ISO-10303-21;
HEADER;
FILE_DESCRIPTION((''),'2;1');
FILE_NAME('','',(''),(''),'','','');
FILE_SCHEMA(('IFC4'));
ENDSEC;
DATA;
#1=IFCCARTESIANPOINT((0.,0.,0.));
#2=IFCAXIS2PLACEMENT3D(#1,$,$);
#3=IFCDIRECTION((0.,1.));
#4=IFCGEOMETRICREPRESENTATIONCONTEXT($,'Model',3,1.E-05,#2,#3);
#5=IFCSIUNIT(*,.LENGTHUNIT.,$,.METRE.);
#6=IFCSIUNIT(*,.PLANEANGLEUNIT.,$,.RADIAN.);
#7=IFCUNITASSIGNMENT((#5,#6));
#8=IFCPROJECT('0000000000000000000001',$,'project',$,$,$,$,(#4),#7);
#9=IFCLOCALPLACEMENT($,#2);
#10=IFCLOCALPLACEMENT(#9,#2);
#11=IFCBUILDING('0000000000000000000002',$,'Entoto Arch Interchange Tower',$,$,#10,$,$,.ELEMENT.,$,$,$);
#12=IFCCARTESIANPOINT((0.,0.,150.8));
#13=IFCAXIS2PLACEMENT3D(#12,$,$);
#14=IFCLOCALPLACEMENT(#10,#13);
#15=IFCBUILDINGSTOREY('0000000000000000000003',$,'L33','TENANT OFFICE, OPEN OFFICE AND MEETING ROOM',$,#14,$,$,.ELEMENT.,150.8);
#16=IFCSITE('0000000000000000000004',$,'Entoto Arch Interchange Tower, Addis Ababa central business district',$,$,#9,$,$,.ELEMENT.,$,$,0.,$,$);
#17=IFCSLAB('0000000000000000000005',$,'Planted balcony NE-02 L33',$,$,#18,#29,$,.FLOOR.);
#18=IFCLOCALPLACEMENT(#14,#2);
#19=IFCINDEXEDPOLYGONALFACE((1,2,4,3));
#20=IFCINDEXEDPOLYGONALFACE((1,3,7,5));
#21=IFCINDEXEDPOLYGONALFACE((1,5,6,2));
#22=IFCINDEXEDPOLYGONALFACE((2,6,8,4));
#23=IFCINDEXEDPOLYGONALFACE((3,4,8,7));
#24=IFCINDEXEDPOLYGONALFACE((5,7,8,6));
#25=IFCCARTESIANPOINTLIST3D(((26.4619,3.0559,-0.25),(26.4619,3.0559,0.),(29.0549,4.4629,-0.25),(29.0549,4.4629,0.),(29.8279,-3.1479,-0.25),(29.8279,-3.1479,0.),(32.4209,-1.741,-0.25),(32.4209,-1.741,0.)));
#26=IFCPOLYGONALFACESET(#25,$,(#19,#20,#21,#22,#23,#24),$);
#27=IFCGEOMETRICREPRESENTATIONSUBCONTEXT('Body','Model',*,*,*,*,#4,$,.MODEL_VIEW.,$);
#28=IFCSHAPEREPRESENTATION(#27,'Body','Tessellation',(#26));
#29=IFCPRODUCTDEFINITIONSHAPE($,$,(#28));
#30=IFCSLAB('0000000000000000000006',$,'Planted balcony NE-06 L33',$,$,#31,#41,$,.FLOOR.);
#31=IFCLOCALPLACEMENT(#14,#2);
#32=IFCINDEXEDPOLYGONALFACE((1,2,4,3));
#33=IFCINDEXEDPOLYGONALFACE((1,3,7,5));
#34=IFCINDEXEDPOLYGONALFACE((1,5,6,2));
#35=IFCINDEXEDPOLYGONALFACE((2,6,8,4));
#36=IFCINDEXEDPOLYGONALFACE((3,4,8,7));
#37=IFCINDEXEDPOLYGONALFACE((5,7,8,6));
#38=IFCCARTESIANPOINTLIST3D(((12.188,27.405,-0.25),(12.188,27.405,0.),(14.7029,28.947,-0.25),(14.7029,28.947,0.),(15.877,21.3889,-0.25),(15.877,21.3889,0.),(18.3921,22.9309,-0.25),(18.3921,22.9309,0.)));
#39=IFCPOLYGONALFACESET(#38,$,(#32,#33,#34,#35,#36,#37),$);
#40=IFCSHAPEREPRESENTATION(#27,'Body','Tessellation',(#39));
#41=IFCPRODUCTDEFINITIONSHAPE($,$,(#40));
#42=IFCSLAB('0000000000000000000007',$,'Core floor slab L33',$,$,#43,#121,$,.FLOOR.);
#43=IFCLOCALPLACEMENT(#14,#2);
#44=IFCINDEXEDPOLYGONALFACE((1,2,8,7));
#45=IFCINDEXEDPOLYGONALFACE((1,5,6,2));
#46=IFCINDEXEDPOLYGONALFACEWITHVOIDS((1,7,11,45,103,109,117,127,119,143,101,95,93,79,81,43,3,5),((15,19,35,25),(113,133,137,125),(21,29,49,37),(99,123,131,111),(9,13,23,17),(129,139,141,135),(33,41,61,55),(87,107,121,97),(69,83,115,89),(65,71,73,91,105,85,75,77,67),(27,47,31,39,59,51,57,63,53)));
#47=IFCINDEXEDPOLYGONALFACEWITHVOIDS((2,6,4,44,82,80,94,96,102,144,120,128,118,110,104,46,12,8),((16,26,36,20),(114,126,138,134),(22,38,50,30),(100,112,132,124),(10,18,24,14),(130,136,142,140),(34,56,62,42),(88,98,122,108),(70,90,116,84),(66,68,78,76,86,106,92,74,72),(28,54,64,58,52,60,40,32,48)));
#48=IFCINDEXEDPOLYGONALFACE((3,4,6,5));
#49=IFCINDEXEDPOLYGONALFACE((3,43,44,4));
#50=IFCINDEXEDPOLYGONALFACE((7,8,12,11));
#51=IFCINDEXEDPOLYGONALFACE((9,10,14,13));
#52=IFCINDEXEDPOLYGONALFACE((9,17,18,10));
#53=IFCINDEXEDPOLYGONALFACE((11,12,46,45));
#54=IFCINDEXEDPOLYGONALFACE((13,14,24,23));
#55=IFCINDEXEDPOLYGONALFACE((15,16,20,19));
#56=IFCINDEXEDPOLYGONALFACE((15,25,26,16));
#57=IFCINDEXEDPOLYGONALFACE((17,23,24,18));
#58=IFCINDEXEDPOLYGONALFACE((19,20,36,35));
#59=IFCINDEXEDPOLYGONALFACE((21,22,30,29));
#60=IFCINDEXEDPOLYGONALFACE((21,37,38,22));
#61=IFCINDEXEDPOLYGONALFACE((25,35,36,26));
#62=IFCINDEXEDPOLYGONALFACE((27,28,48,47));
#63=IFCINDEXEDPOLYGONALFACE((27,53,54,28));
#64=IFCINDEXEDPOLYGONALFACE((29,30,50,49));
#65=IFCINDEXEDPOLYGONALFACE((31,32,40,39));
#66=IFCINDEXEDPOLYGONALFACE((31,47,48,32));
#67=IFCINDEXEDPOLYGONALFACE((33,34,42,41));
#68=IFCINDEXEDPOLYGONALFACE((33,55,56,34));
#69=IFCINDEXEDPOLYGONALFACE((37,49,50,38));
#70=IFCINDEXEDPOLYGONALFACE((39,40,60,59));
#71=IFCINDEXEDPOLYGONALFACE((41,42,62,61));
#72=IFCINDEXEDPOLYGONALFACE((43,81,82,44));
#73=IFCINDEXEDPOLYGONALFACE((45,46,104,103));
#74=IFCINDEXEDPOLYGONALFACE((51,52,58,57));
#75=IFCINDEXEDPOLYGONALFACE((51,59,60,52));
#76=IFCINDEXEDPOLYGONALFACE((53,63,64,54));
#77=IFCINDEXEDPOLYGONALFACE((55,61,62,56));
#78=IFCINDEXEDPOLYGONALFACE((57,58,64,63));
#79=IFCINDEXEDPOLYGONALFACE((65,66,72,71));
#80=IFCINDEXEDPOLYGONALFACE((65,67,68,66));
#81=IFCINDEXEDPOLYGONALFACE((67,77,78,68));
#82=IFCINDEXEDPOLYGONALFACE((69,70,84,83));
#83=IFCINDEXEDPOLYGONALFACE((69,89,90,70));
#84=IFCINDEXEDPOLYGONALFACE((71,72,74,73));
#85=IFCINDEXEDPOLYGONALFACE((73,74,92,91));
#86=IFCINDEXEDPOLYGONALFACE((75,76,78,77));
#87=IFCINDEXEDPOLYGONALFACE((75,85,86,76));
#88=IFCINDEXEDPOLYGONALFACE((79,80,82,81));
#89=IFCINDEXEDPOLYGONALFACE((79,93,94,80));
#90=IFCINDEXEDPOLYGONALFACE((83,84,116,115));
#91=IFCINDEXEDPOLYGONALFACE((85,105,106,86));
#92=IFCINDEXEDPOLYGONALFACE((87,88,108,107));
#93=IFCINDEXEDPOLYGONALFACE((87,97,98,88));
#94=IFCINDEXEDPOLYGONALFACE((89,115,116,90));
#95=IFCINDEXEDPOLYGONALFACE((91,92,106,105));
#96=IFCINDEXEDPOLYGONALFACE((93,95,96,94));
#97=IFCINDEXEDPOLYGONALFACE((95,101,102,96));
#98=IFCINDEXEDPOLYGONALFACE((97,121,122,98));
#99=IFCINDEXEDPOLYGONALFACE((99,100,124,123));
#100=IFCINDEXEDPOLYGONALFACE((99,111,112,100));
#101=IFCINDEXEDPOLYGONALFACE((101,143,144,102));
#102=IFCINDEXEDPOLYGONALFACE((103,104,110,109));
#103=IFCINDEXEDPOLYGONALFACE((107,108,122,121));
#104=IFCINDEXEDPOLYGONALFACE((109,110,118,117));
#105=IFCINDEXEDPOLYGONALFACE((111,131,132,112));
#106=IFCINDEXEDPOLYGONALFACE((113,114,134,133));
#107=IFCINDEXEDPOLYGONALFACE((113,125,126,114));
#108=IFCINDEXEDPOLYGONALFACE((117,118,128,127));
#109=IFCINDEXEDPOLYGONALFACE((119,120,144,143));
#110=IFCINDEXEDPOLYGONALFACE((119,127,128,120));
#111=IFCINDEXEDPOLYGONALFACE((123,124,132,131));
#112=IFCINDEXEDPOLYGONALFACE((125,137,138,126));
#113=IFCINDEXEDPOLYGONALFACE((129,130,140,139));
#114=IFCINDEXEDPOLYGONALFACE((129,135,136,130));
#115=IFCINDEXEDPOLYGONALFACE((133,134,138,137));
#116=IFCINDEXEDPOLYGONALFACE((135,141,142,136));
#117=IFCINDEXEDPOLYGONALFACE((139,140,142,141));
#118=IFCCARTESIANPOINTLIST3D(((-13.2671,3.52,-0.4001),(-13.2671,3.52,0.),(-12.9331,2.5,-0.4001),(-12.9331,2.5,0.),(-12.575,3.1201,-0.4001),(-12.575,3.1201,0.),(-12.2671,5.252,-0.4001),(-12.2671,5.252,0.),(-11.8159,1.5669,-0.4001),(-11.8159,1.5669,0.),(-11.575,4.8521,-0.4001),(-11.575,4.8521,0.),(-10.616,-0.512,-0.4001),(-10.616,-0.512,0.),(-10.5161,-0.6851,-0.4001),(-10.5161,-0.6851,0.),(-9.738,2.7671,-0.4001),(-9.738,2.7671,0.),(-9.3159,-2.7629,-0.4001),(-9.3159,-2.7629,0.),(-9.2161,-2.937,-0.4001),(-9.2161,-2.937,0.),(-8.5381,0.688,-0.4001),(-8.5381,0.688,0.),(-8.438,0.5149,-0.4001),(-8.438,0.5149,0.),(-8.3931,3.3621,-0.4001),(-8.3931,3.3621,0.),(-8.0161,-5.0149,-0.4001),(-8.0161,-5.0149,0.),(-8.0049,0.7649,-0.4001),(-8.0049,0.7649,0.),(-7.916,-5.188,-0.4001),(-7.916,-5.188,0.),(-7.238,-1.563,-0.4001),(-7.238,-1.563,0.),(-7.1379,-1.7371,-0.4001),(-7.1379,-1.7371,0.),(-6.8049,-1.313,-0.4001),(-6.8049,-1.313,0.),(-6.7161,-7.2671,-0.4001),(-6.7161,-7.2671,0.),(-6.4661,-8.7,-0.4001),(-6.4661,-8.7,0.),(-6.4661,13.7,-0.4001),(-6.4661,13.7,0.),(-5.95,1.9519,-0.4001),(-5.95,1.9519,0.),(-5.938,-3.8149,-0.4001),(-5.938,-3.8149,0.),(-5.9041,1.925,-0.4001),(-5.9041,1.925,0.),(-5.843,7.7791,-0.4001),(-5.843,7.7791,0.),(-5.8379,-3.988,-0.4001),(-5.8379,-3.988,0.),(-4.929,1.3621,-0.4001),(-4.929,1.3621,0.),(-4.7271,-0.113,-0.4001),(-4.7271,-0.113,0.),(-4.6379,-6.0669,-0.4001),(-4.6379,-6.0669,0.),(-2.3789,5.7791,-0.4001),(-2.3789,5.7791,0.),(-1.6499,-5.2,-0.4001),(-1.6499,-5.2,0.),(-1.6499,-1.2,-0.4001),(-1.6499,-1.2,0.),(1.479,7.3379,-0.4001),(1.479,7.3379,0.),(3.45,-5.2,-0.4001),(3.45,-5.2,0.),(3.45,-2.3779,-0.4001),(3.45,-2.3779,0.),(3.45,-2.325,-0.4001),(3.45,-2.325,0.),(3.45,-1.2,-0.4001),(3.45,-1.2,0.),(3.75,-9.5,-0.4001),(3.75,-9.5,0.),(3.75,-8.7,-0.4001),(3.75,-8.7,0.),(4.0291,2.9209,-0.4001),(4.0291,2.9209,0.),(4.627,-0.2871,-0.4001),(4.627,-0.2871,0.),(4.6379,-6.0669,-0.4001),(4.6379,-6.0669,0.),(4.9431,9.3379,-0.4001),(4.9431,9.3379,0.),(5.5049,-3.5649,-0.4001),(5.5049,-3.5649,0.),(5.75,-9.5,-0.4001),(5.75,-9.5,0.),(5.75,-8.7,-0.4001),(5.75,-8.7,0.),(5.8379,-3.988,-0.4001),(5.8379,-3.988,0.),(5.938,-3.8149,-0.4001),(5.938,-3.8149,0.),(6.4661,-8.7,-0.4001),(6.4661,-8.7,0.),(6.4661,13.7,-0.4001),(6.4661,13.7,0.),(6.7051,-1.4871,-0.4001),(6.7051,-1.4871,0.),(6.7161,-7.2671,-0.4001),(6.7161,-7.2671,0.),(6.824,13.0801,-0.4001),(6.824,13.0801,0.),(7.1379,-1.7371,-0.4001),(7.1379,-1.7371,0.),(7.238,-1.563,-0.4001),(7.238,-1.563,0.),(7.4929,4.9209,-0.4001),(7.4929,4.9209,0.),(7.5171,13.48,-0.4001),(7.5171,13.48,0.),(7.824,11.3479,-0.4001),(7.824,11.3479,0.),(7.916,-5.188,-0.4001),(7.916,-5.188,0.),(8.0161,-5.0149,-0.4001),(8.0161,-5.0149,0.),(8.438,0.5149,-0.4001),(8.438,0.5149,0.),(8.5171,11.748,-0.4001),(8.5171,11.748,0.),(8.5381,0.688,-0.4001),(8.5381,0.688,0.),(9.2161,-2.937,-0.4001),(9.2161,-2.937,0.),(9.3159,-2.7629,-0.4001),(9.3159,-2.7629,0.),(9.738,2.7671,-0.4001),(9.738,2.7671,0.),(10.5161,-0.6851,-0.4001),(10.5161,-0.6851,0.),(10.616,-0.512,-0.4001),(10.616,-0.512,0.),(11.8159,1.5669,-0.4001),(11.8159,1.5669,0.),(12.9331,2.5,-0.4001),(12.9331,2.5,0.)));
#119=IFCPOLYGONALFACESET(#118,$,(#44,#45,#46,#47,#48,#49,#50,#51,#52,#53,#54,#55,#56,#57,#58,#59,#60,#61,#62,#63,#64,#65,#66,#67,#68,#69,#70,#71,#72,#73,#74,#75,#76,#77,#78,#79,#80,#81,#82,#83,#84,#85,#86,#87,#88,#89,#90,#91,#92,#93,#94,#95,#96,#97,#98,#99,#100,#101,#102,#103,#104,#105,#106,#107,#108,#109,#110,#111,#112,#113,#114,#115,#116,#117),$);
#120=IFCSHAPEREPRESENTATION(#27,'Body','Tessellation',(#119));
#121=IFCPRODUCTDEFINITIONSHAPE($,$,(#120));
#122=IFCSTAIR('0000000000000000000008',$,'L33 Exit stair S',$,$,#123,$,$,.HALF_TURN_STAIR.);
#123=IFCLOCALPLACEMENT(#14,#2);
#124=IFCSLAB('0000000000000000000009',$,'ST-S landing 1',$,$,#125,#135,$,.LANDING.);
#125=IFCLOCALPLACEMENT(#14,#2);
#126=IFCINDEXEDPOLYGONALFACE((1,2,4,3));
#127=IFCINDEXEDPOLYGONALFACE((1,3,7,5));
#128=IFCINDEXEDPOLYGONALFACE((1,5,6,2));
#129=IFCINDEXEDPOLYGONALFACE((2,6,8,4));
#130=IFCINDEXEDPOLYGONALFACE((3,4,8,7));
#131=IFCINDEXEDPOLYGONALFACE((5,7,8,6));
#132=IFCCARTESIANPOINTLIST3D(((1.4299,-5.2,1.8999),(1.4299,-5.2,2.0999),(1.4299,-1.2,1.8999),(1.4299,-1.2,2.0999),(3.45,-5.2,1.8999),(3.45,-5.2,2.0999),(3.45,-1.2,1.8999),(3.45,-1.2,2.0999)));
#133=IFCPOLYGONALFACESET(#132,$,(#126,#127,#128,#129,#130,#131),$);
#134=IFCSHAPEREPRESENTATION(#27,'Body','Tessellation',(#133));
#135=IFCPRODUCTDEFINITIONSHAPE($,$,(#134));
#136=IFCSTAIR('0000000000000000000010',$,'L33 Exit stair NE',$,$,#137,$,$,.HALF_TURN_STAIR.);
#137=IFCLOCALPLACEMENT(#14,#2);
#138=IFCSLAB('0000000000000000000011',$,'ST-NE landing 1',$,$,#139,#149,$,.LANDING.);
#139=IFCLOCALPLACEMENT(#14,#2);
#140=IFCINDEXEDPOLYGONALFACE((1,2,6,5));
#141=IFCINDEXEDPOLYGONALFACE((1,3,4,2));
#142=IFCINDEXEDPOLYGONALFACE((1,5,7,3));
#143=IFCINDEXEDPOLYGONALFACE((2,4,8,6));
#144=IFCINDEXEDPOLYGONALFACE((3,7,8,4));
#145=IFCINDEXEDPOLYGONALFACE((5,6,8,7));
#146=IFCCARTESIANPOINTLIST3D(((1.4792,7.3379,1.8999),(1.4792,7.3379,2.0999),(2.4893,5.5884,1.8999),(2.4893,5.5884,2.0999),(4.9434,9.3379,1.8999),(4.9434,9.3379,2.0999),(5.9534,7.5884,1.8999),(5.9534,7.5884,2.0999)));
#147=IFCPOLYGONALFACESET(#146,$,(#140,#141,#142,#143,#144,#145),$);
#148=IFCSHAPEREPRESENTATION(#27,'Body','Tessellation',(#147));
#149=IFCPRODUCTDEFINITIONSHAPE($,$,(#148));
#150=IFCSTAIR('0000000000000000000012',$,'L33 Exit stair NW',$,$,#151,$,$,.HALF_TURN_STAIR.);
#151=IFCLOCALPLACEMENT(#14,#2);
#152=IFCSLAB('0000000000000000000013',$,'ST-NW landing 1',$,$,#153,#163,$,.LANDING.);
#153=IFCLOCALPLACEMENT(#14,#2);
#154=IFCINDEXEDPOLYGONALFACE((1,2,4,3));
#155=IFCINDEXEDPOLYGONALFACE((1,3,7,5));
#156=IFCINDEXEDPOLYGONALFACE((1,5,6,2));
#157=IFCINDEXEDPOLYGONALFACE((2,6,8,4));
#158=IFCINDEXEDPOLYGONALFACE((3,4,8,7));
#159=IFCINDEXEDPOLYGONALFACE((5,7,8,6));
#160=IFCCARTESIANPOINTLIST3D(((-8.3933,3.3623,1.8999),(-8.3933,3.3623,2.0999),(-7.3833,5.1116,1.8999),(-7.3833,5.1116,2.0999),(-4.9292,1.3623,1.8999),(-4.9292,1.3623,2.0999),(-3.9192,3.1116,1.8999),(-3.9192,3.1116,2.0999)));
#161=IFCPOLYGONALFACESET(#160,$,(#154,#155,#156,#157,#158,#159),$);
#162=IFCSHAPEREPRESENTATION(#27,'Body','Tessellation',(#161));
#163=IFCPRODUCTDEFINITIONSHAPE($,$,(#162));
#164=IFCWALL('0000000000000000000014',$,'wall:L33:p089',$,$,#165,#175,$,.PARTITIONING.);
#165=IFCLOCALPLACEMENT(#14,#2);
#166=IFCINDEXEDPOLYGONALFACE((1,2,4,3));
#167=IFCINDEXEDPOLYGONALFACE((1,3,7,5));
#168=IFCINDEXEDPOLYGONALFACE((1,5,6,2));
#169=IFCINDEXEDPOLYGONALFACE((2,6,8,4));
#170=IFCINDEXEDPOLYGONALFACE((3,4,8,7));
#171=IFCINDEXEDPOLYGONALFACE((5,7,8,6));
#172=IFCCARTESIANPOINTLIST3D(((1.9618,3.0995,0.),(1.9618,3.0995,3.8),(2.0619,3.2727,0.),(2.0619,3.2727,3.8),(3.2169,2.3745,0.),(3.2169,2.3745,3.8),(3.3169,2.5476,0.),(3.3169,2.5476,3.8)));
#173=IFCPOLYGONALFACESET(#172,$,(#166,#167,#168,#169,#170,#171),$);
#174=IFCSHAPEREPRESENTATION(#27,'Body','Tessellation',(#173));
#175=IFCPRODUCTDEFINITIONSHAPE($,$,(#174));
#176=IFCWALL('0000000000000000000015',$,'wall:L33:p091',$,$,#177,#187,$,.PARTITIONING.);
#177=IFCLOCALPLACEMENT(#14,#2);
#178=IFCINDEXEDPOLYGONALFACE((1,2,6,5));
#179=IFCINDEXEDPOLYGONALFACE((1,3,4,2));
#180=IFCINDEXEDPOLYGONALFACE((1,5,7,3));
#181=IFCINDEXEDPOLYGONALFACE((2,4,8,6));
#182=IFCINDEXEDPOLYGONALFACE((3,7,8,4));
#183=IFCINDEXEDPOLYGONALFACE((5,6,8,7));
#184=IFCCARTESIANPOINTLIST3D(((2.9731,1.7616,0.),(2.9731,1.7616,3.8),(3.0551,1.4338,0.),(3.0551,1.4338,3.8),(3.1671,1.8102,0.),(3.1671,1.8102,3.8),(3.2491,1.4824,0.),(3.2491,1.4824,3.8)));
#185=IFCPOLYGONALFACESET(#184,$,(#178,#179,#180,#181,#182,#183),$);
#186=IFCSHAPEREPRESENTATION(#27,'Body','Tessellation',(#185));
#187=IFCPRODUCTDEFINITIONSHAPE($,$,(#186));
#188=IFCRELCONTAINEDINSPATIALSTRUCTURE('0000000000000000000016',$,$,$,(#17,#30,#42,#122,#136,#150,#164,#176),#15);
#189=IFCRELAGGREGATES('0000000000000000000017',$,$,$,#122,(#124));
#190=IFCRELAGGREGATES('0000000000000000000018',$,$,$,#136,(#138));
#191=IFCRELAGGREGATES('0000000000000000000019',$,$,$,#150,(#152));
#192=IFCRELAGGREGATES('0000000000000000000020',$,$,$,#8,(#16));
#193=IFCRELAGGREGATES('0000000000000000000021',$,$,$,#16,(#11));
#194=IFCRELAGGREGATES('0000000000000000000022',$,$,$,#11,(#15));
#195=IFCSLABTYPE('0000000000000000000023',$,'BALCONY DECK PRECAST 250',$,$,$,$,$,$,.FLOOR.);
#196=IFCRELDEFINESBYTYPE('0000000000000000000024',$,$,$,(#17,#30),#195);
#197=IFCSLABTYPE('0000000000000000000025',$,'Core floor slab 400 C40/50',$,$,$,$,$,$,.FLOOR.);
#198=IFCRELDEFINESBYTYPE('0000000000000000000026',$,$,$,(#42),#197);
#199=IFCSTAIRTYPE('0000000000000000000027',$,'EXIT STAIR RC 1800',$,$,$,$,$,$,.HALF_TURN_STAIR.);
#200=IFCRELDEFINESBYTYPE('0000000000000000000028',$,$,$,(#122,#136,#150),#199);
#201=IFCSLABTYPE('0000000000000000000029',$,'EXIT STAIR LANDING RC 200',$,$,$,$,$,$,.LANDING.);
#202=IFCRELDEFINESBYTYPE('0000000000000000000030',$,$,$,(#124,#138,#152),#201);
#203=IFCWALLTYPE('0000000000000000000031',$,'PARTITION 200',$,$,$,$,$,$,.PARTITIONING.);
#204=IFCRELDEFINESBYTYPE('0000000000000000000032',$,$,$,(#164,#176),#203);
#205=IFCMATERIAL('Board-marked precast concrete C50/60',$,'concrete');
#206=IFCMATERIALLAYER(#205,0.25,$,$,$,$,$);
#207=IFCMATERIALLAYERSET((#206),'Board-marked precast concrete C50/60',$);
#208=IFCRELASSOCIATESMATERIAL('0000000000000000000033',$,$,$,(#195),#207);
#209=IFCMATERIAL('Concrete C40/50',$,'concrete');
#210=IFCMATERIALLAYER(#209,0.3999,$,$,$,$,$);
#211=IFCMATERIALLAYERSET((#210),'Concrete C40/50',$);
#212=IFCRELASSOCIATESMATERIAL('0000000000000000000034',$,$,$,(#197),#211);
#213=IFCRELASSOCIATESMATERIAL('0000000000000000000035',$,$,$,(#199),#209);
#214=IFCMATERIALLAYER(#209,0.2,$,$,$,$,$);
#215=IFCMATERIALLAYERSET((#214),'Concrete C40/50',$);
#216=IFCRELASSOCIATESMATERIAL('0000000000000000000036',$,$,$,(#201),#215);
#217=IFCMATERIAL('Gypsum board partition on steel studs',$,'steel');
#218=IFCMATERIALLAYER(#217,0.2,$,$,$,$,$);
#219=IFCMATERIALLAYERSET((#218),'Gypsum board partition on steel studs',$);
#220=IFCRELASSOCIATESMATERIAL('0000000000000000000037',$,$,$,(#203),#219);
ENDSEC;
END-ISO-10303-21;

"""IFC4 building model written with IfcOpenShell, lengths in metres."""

from ifc_helpers import new_model, si_unit, direction, frame, frame_2d, origin, place, context, subcontext, project, spatial, polyline, rectangle, outline, extrude, material, layer, layer_set, type_object, element, aggregate, save


model = new_model("IFC4")

# Units and contexts
model_context = context("Model", 3, precision=1e-05, world=origin(), true_north=direction((0.0, 1.0)))
body_context = subcontext(model_context, "Body", "Model", "MODEL_VIEW")
ifc_project = project(units=[si_unit("LENGTHUNIT", "METRE"), si_unit("PLANEANGLEUNIT", "RADIAN")], contexts=[model_context])

# Site, building, storey
site_placement = place(None, origin())
site = spatial("IfcSite", under=ifc_project, at=site_placement, Name="Entoto Arch Interchange Tower, Addis Ababa central business district", CompositionType="ELEMENT", RefElevation=0.0)
building_placement = place(site_placement, origin())
building = spatial("IfcBuilding", under=site, at=building_placement, Name="Entoto Arch Interchange Tower", CompositionType="ELEMENT")
storey_placement = place(building_placement, frame((0.0, 0.0, 150.8)))
storey = spatial("IfcBuildingStorey", under=building, at=storey_placement, Name="L33", Description="TENANT OFFICE, OPEN OFFICE AND MEETING ROOM", CompositionType="ELEMENT", Elevation=150.8)

# Slabs
ifc_material_1 = material(Name="Board-marked precast concrete C50/60", Category="concrete")
ifc_layer_1 = layer(ifc_material_1, 0.25)
ifc_layer_set_1 = layer_set([ifc_layer_1], Name="Board-marked precast concrete C50/60")
slab_type_1 = type_object("IfcSlabType", Name="BALCONY DECK PRECAST 250", PredefinedType="FLOOR", material=ifc_layer_set_1)
slab_1_placement = place(storey_placement, frame((0.0, 0.0, -0.25)))
element("IfcSlab", 1, at=slab_1_placement, inside=storey, type_object=slab_type_1, Name="Planted balcony NE-02 L33", PredefinedType="FLOOR", context=body_context, shape_type="SweptSolid", body=[
    extrude(outline(polyline([(29.8279, -3.1479), (26.4619, 3.0559), (29.0549, 4.4629), (32.4209, -1.741), (29.8279, -3.1479)])), origin(), (0.0, 0.0, 1.0), 0.25),
])
slab_2_placement = place(storey_placement, frame((0.0, 0.0, -0.25)))
element("IfcSlab", 2, at=slab_2_placement, inside=storey, type_object=slab_type_1, Name="Planted balcony NE-06 L33", PredefinedType="FLOOR", context=body_context, shape_type="SweptSolid", body=[
    extrude(outline(polyline([(15.877, 21.3889), (12.188, 27.405), (14.7029, 28.947), (18.3921, 22.9309), (15.877, 21.3889)])), origin(), (0.0, 0.0, 1.0), 0.25),
])
ifc_material_2 = material(Name="Concrete C40/50", Category="concrete")
ifc_layer_2 = layer(ifc_material_2, 0.3999)
ifc_layer_set_2 = layer_set([ifc_layer_2], Name="Concrete C40/50")
slab_type_2 = type_object("IfcSlabType", Name="Core floor slab 400 C40/50", PredefinedType="FLOOR", material=ifc_layer_set_2)
slab_3_placement = place(storey_placement, frame((0.0, 0.0, -0.4001)))
element("IfcSlab", 3, at=slab_3_placement, inside=storey, type_object=slab_type_2, Name="Core floor slab L33", PredefinedType="FLOOR", context=body_context, shape_type="SweptSolid", body=[
    extrude(outline(polyline([(5.75, -9.5), (3.75, -9.5), (3.75, -8.7), (-6.4661, -8.7), (-12.9331, 2.5), (-12.575, 3.1201), (-13.2671, 3.52), (-12.2671, 5.252), (-11.575, 4.8521), (-6.4661, 13.7), (6.4661, 13.7), (6.824, 13.0801), (7.5171, 13.48), (8.5171, 11.748), (7.824, 11.3479), (12.9331, 2.5), (6.4661, -8.7), (5.75, -8.7), (5.75, -9.5)]), holes=[polyline([(-5.8379, -3.988), (-7.916, -5.188), (-6.7161, -7.2671), (-4.6379, -6.0669), (-5.8379, -3.988)]), polyline([(-5.938, -3.8149), (-7.1379, -1.7371), (-9.2161, -2.937), (-8.0161, -5.0149), (-5.938, -3.8149)]), polyline([(5.5049, -3.5649), (6.7051, -1.4871), (4.627, -0.2871), (3.45, -2.325), (3.45, -1.2), (-1.6499, -1.2), (-1.6499, -5.2), (3.45, -5.2), (3.45, -2.3779), (5.5049, -3.5649)]), polyline([(-8.438, 0.5149), (-10.5161, -0.6851), (-9.3159, -2.7629), (-7.238, -1.563), (-8.438, 0.5149)]), polyline([(-4.7271, -0.113), (-5.9041, 1.925), (-4.929, 1.3621), (-2.3789, 5.7791), (-5.843, 7.7791), (-8.3931, 3.3621), (-5.95, 1.9519), (-8.0049, 0.7649), (-6.8049, -1.313), (-4.7271, -0.113)]), polyline([(-8.5381, 0.688), (-9.738, 2.7671), (-11.8159, 1.5669), (-10.616, -0.512), (-8.5381, 0.688)]), polyline([(5.8379, -3.988), (4.6379, -6.0669), (6.7161, -7.2671), (7.916, -5.188), (5.8379, -3.988)]), polyline([(7.1379, -1.7371), (5.938, -3.8149), (8.0161, -5.0149), (9.2161, -2.937), (7.1379, -1.7371)]), polyline([(8.438, 0.5149), (7.238, -1.563), (9.3159, -2.7629), (10.5161, -0.6851), (8.438, 0.5149)]), polyline([(9.738, 2.7671), (8.5381, 0.688), (10.616, -0.512), (11.8159, 1.5669), (9.738, 2.7671)]), polyline([(4.0291, 2.9209), (7.4929, 4.9209), (4.9431, 9.3379), (1.479, 7.3379), (4.0291, 2.9209)])]), origin(), (0.0, 0.0, 1.0), 0.4001),
])

# Stairs, slabs
stair_type = type_object("IfcStairType", Name="EXIT STAIR RC 1800", PredefinedType="HALF_TURN_STAIR", material=ifc_material_2)
stair_1_placement = place(storey_placement, origin())
stair_1 = element("IfcStair", 4, at=stair_1_placement, inside=storey, type_object=stair_type, Name="L33 Exit stair S", PredefinedType="HALF_TURN_STAIR")
ifc_layer_3 = layer(ifc_material_2, 0.2)
ifc_layer_set_3 = layer_set([ifc_layer_3], Name="Concrete C40/50")
slab_type_3 = type_object("IfcSlabType", Name="EXIT STAIR LANDING RC 200", PredefinedType="LANDING", material=ifc_layer_set_3)
slab_4_placement = place(storey_placement, frame((0.0, 0.0, 1.8999)))
slab_4 = element("IfcSlab", 5, at=slab_4_placement, type_object=slab_type_3, Name="ST-S landing 1", PredefinedType="LANDING", context=body_context, shape_type="SweptSolid", body=[
    extrude(outline(polyline([(1.4299, -5.2), (3.45, -5.2), (3.45, -1.2), (1.4299, -1.2), (1.4299, -5.2)])), origin(), (0.0, 0.0, 1.0), 0.2),
])
aggregate(stair_1, [slab_4])
stair_2_placement = place(storey_placement, origin())
stair_2 = element("IfcStair", 6, at=stair_2_placement, inside=storey, type_object=stair_type, Name="L33 Exit stair NE", PredefinedType="HALF_TURN_STAIR")
slab_5_placement = place(storey_placement, frame((0.0, 0.0, 1.8999)))
slab_5 = element("IfcSlab", 7, at=slab_5_placement, type_object=slab_type_3, Name="ST-NE landing 1", PredefinedType="LANDING", context=body_context, shape_type="SweptSolid", body=[
    extrude(outline(polyline([(5.9534, 7.5884), (4.9434, 9.3379), (1.4792, 7.3379), (2.4893, 5.5884), (5.9534, 7.5884)])), origin(), (0.0, 0.0, 1.0), 0.2),
])
aggregate(stair_2, [slab_5])
stair_3_placement = place(storey_placement, origin())
stair_3 = element("IfcStair", 8, at=stair_3_placement, inside=storey, type_object=stair_type, Name="L33 Exit stair NW", PredefinedType="HALF_TURN_STAIR")
slab_6_placement = place(storey_placement, frame((0.0, 0.0, 1.8999)))
slab_6 = element("IfcSlab", 9, at=slab_6_placement, type_object=slab_type_3, Name="ST-NW landing 1", PredefinedType="LANDING", context=body_context, shape_type="SweptSolid", body=[
    extrude(outline(polyline([(-7.3833, 5.1116), (-8.3933, 3.3623), (-4.9292, 1.3623), (-3.9192, 3.1116), (-7.3833, 5.1116)])), origin(), (0.0, 0.0, 1.0), 0.2),
])
aggregate(stair_3, [slab_6])

# Walls
ifc_material_3 = material(Name="Gypsum board partition on steel studs", Category="steel")
ifc_layer_4 = layer(ifc_material_3, 0.2)
ifc_layer_set_4 = layer_set([ifc_layer_4], Name="Gypsum board partition on steel studs")
wall_type = type_object("IfcWallType", Name="PARTITION 200", PredefinedType="PARTITIONING", material=ifc_layer_set_4)
wall_1_placement = place(storey_placement, frame((2.012, 3.186, 0.0), z_axis=(0.0, 0.0, 1.0), x_axis=(0.865891, -0.500233, 0.0)))
element("IfcWall", 10, at=wall_1_placement, inside=storey, type_object=wall_type, Name="wall:L33:p089", PredefinedType="PARTITIONING", context=body_context, shape_type="SweptSolid", body=[
    extrude(rectangle(XDim=1.4495, YDim=0.2, at=frame_2d((0.7246, 0.0))), origin(), (0.0, 0.0, 1.0), 3.8),
])
wall_2_placement = place(storey_placement, frame((3.0701, 1.7859, 0.0), z_axis=(0.0, 0.0, 1.0), x_axis=(0.242706, -0.9701, 0.0)))
element("IfcWall", 11, at=wall_2_placement, inside=storey, type_object=wall_type, Name="wall:L33:p091", PredefinedType="PARTITIONING", context=body_context, shape_type="SweptSolid", body=[
    extrude(rectangle(XDim=0.3379, YDim=0.2, at=frame_2d((0.1689, 0.0))), origin(), (0.0, 0.0, 1.0), 3.8),
])

save(model, "model.ifc")
